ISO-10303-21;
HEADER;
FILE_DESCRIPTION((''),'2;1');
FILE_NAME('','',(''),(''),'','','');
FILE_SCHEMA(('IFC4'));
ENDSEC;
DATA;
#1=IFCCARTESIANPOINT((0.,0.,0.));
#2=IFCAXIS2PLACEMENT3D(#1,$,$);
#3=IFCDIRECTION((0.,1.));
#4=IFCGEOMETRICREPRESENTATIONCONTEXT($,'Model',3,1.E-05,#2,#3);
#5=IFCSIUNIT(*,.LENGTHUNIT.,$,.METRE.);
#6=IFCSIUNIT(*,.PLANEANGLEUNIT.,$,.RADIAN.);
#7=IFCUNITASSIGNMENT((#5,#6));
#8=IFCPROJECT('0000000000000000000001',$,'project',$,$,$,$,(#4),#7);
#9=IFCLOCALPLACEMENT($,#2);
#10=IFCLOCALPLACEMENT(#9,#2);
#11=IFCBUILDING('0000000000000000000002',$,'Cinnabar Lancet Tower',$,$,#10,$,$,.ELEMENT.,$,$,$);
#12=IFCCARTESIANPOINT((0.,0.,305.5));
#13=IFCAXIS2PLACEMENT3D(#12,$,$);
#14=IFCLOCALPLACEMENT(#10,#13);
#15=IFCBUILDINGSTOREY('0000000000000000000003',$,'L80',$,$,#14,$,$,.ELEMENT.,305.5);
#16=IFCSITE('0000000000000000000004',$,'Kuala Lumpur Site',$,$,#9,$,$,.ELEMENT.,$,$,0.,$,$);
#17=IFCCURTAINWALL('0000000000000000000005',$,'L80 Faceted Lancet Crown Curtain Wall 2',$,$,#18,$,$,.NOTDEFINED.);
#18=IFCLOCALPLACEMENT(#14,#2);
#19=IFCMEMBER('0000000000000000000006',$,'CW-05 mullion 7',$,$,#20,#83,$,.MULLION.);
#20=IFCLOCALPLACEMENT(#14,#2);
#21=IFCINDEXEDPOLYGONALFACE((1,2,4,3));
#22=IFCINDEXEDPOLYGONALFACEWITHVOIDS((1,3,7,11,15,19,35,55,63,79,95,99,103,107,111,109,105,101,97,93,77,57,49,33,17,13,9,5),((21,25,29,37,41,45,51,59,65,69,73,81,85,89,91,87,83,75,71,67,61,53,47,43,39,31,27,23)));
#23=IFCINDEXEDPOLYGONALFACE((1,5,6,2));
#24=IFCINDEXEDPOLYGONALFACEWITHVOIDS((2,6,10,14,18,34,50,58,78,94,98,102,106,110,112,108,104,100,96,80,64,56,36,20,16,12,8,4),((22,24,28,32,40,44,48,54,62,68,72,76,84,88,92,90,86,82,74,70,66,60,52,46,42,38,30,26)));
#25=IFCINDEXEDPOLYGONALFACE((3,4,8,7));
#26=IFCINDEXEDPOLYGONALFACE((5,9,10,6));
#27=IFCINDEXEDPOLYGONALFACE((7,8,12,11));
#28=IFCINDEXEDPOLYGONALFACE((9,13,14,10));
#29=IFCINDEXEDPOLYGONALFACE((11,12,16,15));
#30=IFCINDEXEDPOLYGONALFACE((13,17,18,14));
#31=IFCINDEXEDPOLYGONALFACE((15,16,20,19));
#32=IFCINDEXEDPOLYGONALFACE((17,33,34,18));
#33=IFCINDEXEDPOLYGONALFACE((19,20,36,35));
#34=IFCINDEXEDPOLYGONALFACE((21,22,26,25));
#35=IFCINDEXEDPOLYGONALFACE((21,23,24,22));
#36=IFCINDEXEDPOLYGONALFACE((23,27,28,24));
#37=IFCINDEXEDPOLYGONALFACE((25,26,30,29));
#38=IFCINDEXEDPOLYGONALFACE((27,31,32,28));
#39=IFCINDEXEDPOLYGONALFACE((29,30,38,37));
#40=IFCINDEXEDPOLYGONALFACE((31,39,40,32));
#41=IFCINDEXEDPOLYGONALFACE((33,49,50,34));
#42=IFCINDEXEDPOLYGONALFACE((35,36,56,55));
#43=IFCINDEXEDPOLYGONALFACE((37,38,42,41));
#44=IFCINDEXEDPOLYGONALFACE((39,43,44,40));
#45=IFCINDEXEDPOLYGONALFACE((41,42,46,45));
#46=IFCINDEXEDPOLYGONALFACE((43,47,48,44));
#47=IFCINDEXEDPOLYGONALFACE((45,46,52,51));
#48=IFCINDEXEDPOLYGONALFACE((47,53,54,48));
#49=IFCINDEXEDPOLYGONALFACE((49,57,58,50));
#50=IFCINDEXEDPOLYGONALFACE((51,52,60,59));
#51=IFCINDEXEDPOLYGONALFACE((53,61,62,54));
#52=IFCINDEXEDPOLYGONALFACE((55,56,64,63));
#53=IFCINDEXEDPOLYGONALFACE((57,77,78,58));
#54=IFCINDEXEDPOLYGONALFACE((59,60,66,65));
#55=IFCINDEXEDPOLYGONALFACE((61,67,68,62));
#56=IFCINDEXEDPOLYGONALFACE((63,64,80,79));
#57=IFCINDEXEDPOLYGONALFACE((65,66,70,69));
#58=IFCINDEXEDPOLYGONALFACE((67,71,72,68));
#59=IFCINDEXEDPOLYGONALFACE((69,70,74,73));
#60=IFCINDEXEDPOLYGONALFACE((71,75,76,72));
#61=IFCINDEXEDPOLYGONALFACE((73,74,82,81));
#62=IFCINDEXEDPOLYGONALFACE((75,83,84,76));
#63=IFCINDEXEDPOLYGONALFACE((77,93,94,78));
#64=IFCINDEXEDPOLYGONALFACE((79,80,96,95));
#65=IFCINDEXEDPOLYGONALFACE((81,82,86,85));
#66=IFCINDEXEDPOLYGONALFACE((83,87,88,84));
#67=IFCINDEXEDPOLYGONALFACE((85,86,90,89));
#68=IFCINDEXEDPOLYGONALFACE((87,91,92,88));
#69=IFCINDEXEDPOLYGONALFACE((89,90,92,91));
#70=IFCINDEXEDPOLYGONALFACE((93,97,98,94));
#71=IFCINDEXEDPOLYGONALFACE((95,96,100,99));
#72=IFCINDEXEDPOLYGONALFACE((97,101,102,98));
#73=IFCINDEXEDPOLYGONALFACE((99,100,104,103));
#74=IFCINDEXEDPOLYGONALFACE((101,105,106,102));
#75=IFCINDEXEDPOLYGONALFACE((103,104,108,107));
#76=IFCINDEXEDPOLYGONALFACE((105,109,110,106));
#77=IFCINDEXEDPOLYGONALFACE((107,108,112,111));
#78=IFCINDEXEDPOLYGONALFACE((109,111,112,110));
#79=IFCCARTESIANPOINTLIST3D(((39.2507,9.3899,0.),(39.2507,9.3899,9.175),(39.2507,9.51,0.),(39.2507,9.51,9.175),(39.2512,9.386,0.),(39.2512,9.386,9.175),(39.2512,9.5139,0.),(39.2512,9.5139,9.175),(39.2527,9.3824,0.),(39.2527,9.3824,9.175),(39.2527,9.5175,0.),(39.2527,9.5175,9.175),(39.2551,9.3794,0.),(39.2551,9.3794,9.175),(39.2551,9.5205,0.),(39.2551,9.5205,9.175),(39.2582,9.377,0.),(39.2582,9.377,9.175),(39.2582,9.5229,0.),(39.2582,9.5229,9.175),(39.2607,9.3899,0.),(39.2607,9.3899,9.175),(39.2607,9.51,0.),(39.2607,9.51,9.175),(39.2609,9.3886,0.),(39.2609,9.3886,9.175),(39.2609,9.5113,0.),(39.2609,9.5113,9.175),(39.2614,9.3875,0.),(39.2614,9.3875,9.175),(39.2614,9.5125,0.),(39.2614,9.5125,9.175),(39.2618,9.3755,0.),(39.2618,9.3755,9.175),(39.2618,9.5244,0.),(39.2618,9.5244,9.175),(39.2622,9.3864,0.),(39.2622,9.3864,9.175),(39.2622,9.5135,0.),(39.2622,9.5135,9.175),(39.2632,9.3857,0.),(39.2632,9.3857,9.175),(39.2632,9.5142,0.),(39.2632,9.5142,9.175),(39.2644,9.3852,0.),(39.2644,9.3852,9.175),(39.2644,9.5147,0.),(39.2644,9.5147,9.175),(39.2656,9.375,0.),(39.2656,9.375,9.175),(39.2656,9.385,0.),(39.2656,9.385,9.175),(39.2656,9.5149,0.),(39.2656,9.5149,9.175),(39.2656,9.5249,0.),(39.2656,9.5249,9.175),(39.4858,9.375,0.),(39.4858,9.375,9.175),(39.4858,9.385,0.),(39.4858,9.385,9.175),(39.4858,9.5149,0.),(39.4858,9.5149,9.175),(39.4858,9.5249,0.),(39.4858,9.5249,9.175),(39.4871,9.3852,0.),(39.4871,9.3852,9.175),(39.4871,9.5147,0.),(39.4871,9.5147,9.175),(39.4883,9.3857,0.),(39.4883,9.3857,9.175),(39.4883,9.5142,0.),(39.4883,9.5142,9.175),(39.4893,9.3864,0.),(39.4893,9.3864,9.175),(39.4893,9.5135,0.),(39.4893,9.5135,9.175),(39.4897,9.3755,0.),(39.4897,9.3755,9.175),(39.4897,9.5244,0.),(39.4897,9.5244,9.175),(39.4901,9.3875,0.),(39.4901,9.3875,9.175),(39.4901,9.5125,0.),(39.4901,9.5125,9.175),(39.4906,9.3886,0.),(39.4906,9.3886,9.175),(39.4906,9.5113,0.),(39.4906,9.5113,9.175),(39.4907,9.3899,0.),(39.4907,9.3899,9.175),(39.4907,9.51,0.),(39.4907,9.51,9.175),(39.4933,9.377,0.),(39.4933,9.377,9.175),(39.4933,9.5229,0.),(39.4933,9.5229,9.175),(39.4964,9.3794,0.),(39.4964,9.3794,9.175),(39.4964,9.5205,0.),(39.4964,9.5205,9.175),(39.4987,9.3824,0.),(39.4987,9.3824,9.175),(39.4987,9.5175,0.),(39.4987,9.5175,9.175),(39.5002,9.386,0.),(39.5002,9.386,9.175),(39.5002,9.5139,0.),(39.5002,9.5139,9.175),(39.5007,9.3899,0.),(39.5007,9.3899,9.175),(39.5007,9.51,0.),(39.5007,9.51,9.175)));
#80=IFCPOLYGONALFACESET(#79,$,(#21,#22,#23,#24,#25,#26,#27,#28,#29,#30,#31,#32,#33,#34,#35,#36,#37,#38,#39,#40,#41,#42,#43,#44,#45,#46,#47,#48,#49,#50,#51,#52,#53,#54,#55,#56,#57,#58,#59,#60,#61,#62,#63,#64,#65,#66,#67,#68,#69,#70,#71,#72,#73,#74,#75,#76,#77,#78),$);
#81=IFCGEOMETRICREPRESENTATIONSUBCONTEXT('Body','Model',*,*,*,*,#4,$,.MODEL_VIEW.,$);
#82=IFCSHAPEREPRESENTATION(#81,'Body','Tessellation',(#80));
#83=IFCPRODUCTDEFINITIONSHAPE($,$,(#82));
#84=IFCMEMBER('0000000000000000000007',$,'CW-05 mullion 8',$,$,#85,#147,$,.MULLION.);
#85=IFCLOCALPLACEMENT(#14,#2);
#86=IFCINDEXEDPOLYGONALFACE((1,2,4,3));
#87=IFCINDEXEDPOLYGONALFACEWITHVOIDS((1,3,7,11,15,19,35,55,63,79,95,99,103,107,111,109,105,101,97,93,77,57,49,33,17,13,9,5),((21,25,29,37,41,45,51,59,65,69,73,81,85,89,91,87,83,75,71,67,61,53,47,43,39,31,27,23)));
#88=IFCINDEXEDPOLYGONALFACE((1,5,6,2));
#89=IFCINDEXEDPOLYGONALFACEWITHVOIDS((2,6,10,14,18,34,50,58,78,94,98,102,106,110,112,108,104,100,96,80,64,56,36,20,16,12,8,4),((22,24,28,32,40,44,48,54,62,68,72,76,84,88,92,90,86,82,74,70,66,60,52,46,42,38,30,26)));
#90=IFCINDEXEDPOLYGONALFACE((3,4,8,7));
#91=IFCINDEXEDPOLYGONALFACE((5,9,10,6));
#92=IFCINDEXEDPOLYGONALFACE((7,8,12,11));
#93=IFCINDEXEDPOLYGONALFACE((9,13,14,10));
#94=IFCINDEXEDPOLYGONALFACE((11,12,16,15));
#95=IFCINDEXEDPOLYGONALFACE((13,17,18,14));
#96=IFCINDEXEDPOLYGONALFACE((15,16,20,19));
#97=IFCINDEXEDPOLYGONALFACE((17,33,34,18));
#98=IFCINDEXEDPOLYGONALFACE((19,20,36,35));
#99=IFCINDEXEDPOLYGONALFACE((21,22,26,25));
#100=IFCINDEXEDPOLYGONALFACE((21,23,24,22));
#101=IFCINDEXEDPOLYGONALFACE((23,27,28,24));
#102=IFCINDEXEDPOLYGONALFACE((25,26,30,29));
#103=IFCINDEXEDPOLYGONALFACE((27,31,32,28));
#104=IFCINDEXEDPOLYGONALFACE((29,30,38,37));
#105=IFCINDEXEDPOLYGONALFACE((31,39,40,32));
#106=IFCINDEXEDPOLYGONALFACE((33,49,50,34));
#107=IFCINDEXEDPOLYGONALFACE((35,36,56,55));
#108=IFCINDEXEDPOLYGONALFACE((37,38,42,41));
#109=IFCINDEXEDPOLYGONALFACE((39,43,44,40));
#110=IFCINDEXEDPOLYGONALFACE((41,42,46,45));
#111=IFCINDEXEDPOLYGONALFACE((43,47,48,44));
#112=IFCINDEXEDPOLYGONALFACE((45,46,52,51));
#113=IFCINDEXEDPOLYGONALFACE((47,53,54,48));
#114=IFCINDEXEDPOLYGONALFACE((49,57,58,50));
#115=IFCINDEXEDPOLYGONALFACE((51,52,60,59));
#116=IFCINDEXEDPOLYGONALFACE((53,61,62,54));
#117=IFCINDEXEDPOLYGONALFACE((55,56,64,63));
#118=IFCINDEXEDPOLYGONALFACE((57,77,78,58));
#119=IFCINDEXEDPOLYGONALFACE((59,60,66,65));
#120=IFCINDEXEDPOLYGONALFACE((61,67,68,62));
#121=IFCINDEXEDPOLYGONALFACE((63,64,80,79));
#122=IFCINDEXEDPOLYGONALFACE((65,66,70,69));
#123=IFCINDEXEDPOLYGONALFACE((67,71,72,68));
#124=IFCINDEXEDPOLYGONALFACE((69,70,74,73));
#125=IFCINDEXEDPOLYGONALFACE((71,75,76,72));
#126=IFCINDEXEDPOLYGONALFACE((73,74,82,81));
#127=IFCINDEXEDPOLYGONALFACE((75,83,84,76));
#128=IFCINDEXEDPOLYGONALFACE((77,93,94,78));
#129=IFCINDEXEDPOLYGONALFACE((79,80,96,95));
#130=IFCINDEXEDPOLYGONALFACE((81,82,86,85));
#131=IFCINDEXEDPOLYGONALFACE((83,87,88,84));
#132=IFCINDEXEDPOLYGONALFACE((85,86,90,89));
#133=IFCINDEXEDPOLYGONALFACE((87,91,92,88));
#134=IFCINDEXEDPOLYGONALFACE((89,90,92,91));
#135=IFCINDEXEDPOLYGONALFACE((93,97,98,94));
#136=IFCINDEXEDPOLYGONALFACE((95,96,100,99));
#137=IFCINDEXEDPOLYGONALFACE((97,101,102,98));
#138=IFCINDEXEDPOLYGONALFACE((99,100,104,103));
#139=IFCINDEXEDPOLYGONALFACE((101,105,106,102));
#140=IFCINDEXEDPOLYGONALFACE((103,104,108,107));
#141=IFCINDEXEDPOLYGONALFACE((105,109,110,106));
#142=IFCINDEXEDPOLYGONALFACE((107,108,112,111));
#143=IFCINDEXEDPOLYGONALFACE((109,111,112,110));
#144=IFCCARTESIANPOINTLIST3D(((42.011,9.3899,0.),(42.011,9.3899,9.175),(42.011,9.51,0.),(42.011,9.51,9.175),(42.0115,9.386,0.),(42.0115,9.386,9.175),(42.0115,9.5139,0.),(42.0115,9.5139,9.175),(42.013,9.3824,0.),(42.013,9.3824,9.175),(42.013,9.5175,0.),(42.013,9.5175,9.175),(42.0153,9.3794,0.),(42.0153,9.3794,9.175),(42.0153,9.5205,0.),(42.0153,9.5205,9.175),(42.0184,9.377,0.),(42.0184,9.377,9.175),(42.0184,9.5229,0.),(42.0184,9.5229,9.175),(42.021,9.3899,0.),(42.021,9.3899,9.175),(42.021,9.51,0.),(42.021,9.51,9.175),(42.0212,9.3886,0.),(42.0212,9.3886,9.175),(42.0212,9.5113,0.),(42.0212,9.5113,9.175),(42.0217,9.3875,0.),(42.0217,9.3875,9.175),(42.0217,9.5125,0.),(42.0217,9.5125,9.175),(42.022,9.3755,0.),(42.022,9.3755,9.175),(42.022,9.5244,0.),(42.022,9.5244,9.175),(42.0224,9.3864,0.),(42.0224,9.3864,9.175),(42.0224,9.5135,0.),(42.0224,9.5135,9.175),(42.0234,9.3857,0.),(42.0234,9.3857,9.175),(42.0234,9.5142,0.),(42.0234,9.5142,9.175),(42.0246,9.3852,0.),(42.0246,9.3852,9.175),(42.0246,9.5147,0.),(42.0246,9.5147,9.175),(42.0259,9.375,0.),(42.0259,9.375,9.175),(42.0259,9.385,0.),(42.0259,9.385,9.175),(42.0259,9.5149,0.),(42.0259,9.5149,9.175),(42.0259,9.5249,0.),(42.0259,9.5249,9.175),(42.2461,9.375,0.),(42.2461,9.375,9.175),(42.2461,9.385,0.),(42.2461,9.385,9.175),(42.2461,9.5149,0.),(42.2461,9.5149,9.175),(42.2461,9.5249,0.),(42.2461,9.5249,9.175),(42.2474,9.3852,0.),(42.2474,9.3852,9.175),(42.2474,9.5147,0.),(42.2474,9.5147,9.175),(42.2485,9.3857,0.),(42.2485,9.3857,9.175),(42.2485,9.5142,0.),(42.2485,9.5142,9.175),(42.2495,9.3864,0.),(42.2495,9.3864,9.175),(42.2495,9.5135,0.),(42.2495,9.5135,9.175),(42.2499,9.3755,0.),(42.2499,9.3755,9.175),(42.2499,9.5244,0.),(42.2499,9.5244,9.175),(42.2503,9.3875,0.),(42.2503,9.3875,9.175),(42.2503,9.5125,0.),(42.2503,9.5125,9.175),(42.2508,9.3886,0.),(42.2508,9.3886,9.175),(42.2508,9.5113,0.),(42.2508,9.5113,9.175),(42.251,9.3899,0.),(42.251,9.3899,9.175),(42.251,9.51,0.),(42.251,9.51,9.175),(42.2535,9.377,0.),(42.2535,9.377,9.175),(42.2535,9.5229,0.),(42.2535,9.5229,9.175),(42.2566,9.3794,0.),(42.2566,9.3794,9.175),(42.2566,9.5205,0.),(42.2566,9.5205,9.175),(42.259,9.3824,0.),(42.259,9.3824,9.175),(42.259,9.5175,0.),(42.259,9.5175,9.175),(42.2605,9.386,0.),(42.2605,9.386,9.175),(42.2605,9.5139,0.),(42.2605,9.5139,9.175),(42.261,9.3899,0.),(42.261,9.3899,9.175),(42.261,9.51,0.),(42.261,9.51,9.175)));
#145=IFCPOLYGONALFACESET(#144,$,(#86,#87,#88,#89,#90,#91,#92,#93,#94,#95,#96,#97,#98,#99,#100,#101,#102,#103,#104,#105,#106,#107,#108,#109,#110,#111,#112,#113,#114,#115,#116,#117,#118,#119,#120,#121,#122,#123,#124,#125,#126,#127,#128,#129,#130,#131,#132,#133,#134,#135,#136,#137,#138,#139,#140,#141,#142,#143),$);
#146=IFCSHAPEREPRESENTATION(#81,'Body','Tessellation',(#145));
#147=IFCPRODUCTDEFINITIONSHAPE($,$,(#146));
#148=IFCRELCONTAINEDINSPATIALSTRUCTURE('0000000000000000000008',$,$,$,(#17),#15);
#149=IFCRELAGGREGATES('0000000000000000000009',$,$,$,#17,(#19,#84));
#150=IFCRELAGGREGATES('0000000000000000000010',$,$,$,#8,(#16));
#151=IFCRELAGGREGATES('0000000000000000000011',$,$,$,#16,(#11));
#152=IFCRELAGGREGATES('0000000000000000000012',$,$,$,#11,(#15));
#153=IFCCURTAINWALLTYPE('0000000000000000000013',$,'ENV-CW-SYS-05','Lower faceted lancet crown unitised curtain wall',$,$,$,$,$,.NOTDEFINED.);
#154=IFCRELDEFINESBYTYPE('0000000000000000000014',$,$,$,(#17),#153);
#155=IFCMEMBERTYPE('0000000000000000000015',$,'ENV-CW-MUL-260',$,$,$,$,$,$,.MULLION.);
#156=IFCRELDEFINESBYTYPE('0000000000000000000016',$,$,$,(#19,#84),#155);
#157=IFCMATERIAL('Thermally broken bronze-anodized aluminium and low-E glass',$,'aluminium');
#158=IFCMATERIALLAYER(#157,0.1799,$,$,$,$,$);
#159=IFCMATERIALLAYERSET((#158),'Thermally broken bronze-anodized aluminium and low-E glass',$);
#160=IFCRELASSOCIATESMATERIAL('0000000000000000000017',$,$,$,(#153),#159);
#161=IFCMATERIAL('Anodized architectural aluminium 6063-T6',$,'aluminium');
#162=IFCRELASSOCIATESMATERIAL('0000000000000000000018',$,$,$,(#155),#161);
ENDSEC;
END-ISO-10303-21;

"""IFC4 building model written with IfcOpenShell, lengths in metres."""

from ifc_helpers import new_model, si_unit, direction, frame, origin, origin_2d, place, context, subcontext, project, spatial, hollow_rectangle, extrude, material, layer, layer_set, material_profile, profile_set, type_object, element, aggregate, save


model = new_model("IFC4")

# Units and contexts
model_context = context("Model", 3, precision=1e-05, world=origin(), true_north=direction((0.0, 1.0)))
body_context = subcontext(model_context, "Body", "Model", "MODEL_VIEW")
ifc_project = project(units=[si_unit("LENGTHUNIT", "METRE"), si_unit("PLANEANGLEUNIT", "RADIAN")], contexts=[model_context])

# Site, building, storey
site_placement = place(None, origin())
site = spatial("IfcSite", under=ifc_project, at=site_placement, Name="Kuala Lumpur Site", CompositionType="ELEMENT", RefElevation=0.0)
building_placement = place(site_placement, origin())
building = spatial("IfcBuilding", under=site, at=building_placement, Name="Cinnabar Lancet Tower", CompositionType="ELEMENT")
storey_placement = place(building_placement, frame((0.0, 0.0, 305.5)))
storey = spatial("IfcBuildingStorey", under=building, at=storey_placement, Name="L80", CompositionType="ELEMENT", Elevation=305.5)

# Curtain wall, members
ifc_material_1 = material(Name="Thermally broken bronze-anodized aluminium and low-E glass", Category="aluminium")
ifc_layer_1 = layer(ifc_material_1, 0.1799)
ifc_layer_set_1 = layer_set([ifc_layer_1], Name="Thermally broken bronze-anodized aluminium and low-E glass")
curtain_wall_type = type_object("IfcCurtainWallType", Name="ENV-CW-SYS-05", Description="Lower faceted lancet crown unitised curtain wall", PredefinedType="NOTDEFINED", material=ifc_layer_set_1)
curtain_wall_1_placement = place(storey_placement, origin())
curtain_wall_1 = element("IfcCurtainWall", 1, at=curtain_wall_1_placement, inside=storey, type_object=curtain_wall_type, Name="L80 Faceted Lancet Crown Curtain Wall 2", PredefinedType="NOTDEFINED")
ifc_material_2 = material(Name="Anodized architectural aluminium 6063-T6", Category="aluminium")
ifc_material_profile_1 = material_profile(ifc_material_2, hollow_rectangle(XDim=0.1499, YDim=0.25, WallThickness=0.01, InnerFilletRadius=0.0049, OuterFilletRadius=0.0149, at=origin_2d()), Name="RHS 250x150x10")
ifc_profile_set_1 = profile_set([ifc_material_profile_1], Name="Anodized architectural aluminium 6063-T6")
member_type_1 = type_object("IfcMemberType", Name="ENV-CW-MUL-260", PredefinedType="MULLION", material=ifc_profile_set_1)
member_1_placement = place(storey_placement, frame((39.3757, 9.45, 0.0), z_axis=(0.0, 0.0, 1.0), x_axis=(0.0, 1.0, 0.0)))
member_1 = element("IfcMember", 2, at=member_1_placement, type_object=member_type_1, Name="CW-05 mullion 7", PredefinedType="MULLION", context=body_context, shape_type="SweptSolid", body=[
    extrude(hollow_rectangle(XDim=0.1499, YDim=0.25, WallThickness=0.01, InnerFilletRadius=0.0049, OuterFilletRadius=0.0149, at=origin_2d()), origin(), (0.0, 0.0, 1.0), 9.175),
])
member_2_placement = place(storey_placement, frame((42.136, 9.45, 0.0), z_axis=(0.0, 0.0, 1.0), x_axis=(0.0, 1.0, 0.0)))
member_2 = element("IfcMember", 3, at=member_2_placement, type_object=member_type_1, Name="CW-05 mullion 8", PredefinedType="MULLION", context=body_context, shape_type="SweptSolid", body=[
    extrude(hollow_rectangle(XDim=0.1499, YDim=0.25, WallThickness=0.01, InnerFilletRadius=0.0049, OuterFilletRadius=0.0149, at=origin_2d()), origin(), (0.0, 0.0, 1.0), 9.175),
])

aggregate(curtain_wall_1, [member_1, member_2])

save(model, "model.ifc")
